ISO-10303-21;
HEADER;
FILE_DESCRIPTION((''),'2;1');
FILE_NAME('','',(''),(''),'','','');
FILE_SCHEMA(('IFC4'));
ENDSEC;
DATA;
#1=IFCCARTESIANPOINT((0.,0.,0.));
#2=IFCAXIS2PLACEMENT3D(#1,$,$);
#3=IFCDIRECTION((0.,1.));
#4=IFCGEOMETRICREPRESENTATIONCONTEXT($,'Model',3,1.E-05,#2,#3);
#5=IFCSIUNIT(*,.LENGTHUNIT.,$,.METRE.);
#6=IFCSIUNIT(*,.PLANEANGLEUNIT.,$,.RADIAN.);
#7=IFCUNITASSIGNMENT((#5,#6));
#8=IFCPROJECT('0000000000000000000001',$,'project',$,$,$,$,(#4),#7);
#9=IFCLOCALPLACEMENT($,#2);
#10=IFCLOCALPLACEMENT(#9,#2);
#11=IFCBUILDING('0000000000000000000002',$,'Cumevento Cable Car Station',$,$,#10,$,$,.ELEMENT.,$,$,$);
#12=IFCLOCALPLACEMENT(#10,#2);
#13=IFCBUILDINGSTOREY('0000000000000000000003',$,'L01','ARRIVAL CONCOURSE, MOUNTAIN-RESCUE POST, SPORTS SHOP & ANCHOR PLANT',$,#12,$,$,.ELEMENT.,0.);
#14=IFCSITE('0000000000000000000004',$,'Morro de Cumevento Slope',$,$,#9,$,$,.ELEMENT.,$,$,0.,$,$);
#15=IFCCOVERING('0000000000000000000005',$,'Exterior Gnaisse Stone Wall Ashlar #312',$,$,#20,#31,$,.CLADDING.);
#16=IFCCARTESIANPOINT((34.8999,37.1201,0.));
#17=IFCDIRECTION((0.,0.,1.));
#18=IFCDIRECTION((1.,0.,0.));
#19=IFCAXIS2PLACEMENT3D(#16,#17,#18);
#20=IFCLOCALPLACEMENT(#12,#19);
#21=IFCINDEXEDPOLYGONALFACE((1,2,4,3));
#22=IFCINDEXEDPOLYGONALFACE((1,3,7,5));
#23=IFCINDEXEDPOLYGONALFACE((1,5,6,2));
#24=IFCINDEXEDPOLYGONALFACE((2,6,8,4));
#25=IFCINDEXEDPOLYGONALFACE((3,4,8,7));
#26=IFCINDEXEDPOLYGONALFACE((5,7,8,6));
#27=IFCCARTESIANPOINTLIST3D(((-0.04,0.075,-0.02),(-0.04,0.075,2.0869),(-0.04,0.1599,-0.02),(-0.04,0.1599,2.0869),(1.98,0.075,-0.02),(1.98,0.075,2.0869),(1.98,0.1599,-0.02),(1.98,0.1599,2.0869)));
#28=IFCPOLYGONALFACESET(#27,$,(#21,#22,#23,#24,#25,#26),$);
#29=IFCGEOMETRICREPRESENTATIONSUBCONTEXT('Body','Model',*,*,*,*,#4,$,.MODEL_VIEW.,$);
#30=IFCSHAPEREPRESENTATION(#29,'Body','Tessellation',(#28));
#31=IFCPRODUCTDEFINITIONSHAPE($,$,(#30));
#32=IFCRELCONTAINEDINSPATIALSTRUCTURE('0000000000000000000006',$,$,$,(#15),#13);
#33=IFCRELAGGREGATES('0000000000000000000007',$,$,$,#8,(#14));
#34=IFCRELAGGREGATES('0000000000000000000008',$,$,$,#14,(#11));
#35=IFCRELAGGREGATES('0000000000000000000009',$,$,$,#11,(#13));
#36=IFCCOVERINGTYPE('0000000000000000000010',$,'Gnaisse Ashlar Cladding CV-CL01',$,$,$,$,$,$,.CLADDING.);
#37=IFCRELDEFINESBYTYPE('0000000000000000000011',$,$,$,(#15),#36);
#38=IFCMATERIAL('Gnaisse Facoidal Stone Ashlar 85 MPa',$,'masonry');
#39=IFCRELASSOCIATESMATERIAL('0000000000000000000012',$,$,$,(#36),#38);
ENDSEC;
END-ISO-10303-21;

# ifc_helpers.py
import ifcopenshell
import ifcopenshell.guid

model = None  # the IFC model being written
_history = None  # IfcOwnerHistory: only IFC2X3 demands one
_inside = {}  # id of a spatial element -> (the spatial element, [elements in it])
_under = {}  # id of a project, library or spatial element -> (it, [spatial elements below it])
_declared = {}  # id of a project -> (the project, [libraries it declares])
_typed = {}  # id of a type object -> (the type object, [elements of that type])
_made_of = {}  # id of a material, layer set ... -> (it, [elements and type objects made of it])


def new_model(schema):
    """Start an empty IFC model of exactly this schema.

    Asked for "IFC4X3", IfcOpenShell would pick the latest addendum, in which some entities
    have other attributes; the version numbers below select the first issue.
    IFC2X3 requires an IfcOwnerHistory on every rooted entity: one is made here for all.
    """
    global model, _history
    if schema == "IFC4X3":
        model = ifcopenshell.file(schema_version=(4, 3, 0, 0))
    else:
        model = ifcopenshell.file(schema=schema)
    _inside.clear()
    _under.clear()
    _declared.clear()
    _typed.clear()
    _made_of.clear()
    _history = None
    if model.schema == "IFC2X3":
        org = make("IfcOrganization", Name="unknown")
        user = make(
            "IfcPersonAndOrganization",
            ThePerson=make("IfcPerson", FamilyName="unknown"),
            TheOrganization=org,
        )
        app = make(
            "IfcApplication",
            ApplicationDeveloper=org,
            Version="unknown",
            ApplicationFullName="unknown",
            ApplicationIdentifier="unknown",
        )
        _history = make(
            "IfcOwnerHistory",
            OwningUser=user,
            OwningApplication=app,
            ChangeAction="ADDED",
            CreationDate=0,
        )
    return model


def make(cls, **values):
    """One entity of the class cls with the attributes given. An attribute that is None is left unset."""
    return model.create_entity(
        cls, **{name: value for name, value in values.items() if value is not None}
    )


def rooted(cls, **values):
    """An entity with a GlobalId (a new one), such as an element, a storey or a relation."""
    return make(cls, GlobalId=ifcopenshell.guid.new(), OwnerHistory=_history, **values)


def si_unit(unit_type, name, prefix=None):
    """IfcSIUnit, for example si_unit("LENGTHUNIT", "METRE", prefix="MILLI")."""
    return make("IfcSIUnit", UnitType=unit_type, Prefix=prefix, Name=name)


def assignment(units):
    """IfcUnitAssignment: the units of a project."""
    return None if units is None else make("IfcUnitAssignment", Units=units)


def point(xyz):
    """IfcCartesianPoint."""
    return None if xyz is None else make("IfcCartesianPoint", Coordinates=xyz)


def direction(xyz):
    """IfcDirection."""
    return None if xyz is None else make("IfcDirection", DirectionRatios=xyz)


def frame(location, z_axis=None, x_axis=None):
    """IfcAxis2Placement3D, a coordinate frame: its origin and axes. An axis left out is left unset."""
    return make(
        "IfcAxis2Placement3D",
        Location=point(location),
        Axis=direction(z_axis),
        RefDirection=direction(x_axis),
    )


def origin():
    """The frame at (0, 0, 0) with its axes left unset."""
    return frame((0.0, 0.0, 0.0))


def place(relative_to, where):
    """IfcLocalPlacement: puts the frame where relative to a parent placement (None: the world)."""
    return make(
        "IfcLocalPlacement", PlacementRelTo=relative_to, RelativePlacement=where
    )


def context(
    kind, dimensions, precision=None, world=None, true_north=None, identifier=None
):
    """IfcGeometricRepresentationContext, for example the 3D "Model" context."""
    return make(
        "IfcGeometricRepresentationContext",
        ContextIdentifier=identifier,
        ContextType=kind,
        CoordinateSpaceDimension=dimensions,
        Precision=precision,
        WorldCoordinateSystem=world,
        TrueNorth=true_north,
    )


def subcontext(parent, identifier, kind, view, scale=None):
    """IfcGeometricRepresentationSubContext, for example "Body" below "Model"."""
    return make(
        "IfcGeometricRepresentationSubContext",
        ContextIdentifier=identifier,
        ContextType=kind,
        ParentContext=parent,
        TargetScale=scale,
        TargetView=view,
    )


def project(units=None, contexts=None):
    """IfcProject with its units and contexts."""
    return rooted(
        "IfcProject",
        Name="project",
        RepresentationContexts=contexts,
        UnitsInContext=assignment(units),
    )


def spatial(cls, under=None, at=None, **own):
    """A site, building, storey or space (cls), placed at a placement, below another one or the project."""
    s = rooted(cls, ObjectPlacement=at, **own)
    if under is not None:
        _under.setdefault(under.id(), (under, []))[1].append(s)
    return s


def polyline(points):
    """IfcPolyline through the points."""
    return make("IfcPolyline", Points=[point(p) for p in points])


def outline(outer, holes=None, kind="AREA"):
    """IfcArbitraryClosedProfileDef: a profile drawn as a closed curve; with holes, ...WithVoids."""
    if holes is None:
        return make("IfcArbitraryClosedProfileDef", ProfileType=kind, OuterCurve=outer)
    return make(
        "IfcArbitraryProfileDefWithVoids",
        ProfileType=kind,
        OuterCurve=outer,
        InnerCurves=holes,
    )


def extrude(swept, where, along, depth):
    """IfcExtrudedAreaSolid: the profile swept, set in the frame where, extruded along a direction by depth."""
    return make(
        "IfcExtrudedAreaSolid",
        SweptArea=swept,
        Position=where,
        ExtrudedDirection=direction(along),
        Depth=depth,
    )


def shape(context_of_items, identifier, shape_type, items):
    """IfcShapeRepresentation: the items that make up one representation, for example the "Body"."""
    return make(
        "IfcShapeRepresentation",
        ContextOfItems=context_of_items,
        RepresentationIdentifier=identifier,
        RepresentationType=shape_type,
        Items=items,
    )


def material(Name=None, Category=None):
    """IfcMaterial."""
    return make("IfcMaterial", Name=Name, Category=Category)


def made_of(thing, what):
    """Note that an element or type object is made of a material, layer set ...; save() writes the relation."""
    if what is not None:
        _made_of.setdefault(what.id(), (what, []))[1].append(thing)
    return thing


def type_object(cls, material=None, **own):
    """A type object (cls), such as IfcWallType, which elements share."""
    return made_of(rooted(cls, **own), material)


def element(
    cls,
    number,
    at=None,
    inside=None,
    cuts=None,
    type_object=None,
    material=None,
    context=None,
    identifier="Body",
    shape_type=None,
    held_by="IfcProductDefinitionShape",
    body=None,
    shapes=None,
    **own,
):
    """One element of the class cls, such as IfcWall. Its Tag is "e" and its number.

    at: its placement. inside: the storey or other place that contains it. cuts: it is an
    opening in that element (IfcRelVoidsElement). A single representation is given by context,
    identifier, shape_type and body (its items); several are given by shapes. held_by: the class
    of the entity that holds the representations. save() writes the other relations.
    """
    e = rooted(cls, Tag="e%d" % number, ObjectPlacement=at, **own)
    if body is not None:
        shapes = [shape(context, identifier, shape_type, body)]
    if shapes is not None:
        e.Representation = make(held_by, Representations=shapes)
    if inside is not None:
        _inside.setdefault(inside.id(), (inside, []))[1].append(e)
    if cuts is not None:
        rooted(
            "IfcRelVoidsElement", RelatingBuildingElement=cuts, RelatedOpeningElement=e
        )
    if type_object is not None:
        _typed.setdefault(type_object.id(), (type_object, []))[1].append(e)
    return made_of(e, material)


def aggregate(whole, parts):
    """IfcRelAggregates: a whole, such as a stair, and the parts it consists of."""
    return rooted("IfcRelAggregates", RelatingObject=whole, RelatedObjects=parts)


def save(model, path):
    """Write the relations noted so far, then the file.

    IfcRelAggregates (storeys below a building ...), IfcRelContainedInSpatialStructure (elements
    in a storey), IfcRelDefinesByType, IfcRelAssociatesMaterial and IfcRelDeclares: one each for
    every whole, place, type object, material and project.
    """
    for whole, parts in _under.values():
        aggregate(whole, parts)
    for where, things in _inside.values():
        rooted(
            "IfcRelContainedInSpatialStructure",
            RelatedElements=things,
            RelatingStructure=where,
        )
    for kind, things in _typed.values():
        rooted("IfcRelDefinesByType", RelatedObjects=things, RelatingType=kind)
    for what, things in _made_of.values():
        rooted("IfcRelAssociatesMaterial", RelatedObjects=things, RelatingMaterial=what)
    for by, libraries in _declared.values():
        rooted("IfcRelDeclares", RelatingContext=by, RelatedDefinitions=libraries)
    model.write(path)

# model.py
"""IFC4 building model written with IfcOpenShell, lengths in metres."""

from ifc_helpers import new_model, si_unit, direction, frame, origin, place, context, subcontext, project, spatial, polyline, outline, extrude, material, type_object, element, save


model = new_model("IFC4")

# Units and contexts
model_context = context("Model", 3, precision=1e-05, world=origin(), true_north=direction((0.0, 1.0)))
body_context = subcontext(model_context, "Body", "Model", "MODEL_VIEW")
ifc_project = project(units=[si_unit("LENGTHUNIT", "METRE"), si_unit("PLANEANGLEUNIT", "RADIAN")], contexts=[model_context])

# Site, building, storey
site_placement = place(None, origin())
site = spatial("IfcSite", under=ifc_project, at=site_placement, Name="Morro de Cumevento Slope", CompositionType="ELEMENT", RefElevation=0.0)
building_placement = place(site_placement, origin())
building = spatial("IfcBuilding", under=site, at=building_placement, Name="Cumevento Cable Car Station", CompositionType="ELEMENT")
storey_placement = place(building_placement, origin())
storey = spatial("IfcBuildingStorey", under=building, at=storey_placement, Name="L01", Description="ARRIVAL CONCOURSE, MOUNTAIN-RESCUE POST, SPORTS SHOP & ANCHOR PLANT", CompositionType="ELEMENT", Elevation=0.0)

# Covering
ifc_material_1 = material(Name="Gnaisse Facoidal Stone Ashlar 85 MPa", Category="masonry")
covering_type = type_object("IfcCoveringType", Name="Gnaisse Ashlar Cladding CV-CL01", PredefinedType="CLADDING", material=ifc_material_1)
covering_1_placement = place(storey_placement, frame((34.8999, 37.1201, 0.0), z_axis=(0.0, 0.0, 1.0), x_axis=(1.0, 0.0, 0.0)))
element("IfcCovering", 1, at=covering_1_placement, inside=storey, type_object=covering_type, Name="Exterior Gnaisse Stone Wall Ashlar #312", PredefinedType="CLADDING", context=body_context, shape_type="SweptSolid", body=[
    extrude(outline(polyline([(-0.04, -0.02), (1.98, -0.02), (1.98, 2.0869), (-0.04, 2.0869), (-0.04, -0.02)])), frame((0.0, 0.1599, 0.0), z_axis=(0.0, -1.0, 0.0), x_axis=(1.0, 0.0, 0.0)), (0.0, 0.0, 1.0), 0.085),
])

save(model, "model.ifc")
